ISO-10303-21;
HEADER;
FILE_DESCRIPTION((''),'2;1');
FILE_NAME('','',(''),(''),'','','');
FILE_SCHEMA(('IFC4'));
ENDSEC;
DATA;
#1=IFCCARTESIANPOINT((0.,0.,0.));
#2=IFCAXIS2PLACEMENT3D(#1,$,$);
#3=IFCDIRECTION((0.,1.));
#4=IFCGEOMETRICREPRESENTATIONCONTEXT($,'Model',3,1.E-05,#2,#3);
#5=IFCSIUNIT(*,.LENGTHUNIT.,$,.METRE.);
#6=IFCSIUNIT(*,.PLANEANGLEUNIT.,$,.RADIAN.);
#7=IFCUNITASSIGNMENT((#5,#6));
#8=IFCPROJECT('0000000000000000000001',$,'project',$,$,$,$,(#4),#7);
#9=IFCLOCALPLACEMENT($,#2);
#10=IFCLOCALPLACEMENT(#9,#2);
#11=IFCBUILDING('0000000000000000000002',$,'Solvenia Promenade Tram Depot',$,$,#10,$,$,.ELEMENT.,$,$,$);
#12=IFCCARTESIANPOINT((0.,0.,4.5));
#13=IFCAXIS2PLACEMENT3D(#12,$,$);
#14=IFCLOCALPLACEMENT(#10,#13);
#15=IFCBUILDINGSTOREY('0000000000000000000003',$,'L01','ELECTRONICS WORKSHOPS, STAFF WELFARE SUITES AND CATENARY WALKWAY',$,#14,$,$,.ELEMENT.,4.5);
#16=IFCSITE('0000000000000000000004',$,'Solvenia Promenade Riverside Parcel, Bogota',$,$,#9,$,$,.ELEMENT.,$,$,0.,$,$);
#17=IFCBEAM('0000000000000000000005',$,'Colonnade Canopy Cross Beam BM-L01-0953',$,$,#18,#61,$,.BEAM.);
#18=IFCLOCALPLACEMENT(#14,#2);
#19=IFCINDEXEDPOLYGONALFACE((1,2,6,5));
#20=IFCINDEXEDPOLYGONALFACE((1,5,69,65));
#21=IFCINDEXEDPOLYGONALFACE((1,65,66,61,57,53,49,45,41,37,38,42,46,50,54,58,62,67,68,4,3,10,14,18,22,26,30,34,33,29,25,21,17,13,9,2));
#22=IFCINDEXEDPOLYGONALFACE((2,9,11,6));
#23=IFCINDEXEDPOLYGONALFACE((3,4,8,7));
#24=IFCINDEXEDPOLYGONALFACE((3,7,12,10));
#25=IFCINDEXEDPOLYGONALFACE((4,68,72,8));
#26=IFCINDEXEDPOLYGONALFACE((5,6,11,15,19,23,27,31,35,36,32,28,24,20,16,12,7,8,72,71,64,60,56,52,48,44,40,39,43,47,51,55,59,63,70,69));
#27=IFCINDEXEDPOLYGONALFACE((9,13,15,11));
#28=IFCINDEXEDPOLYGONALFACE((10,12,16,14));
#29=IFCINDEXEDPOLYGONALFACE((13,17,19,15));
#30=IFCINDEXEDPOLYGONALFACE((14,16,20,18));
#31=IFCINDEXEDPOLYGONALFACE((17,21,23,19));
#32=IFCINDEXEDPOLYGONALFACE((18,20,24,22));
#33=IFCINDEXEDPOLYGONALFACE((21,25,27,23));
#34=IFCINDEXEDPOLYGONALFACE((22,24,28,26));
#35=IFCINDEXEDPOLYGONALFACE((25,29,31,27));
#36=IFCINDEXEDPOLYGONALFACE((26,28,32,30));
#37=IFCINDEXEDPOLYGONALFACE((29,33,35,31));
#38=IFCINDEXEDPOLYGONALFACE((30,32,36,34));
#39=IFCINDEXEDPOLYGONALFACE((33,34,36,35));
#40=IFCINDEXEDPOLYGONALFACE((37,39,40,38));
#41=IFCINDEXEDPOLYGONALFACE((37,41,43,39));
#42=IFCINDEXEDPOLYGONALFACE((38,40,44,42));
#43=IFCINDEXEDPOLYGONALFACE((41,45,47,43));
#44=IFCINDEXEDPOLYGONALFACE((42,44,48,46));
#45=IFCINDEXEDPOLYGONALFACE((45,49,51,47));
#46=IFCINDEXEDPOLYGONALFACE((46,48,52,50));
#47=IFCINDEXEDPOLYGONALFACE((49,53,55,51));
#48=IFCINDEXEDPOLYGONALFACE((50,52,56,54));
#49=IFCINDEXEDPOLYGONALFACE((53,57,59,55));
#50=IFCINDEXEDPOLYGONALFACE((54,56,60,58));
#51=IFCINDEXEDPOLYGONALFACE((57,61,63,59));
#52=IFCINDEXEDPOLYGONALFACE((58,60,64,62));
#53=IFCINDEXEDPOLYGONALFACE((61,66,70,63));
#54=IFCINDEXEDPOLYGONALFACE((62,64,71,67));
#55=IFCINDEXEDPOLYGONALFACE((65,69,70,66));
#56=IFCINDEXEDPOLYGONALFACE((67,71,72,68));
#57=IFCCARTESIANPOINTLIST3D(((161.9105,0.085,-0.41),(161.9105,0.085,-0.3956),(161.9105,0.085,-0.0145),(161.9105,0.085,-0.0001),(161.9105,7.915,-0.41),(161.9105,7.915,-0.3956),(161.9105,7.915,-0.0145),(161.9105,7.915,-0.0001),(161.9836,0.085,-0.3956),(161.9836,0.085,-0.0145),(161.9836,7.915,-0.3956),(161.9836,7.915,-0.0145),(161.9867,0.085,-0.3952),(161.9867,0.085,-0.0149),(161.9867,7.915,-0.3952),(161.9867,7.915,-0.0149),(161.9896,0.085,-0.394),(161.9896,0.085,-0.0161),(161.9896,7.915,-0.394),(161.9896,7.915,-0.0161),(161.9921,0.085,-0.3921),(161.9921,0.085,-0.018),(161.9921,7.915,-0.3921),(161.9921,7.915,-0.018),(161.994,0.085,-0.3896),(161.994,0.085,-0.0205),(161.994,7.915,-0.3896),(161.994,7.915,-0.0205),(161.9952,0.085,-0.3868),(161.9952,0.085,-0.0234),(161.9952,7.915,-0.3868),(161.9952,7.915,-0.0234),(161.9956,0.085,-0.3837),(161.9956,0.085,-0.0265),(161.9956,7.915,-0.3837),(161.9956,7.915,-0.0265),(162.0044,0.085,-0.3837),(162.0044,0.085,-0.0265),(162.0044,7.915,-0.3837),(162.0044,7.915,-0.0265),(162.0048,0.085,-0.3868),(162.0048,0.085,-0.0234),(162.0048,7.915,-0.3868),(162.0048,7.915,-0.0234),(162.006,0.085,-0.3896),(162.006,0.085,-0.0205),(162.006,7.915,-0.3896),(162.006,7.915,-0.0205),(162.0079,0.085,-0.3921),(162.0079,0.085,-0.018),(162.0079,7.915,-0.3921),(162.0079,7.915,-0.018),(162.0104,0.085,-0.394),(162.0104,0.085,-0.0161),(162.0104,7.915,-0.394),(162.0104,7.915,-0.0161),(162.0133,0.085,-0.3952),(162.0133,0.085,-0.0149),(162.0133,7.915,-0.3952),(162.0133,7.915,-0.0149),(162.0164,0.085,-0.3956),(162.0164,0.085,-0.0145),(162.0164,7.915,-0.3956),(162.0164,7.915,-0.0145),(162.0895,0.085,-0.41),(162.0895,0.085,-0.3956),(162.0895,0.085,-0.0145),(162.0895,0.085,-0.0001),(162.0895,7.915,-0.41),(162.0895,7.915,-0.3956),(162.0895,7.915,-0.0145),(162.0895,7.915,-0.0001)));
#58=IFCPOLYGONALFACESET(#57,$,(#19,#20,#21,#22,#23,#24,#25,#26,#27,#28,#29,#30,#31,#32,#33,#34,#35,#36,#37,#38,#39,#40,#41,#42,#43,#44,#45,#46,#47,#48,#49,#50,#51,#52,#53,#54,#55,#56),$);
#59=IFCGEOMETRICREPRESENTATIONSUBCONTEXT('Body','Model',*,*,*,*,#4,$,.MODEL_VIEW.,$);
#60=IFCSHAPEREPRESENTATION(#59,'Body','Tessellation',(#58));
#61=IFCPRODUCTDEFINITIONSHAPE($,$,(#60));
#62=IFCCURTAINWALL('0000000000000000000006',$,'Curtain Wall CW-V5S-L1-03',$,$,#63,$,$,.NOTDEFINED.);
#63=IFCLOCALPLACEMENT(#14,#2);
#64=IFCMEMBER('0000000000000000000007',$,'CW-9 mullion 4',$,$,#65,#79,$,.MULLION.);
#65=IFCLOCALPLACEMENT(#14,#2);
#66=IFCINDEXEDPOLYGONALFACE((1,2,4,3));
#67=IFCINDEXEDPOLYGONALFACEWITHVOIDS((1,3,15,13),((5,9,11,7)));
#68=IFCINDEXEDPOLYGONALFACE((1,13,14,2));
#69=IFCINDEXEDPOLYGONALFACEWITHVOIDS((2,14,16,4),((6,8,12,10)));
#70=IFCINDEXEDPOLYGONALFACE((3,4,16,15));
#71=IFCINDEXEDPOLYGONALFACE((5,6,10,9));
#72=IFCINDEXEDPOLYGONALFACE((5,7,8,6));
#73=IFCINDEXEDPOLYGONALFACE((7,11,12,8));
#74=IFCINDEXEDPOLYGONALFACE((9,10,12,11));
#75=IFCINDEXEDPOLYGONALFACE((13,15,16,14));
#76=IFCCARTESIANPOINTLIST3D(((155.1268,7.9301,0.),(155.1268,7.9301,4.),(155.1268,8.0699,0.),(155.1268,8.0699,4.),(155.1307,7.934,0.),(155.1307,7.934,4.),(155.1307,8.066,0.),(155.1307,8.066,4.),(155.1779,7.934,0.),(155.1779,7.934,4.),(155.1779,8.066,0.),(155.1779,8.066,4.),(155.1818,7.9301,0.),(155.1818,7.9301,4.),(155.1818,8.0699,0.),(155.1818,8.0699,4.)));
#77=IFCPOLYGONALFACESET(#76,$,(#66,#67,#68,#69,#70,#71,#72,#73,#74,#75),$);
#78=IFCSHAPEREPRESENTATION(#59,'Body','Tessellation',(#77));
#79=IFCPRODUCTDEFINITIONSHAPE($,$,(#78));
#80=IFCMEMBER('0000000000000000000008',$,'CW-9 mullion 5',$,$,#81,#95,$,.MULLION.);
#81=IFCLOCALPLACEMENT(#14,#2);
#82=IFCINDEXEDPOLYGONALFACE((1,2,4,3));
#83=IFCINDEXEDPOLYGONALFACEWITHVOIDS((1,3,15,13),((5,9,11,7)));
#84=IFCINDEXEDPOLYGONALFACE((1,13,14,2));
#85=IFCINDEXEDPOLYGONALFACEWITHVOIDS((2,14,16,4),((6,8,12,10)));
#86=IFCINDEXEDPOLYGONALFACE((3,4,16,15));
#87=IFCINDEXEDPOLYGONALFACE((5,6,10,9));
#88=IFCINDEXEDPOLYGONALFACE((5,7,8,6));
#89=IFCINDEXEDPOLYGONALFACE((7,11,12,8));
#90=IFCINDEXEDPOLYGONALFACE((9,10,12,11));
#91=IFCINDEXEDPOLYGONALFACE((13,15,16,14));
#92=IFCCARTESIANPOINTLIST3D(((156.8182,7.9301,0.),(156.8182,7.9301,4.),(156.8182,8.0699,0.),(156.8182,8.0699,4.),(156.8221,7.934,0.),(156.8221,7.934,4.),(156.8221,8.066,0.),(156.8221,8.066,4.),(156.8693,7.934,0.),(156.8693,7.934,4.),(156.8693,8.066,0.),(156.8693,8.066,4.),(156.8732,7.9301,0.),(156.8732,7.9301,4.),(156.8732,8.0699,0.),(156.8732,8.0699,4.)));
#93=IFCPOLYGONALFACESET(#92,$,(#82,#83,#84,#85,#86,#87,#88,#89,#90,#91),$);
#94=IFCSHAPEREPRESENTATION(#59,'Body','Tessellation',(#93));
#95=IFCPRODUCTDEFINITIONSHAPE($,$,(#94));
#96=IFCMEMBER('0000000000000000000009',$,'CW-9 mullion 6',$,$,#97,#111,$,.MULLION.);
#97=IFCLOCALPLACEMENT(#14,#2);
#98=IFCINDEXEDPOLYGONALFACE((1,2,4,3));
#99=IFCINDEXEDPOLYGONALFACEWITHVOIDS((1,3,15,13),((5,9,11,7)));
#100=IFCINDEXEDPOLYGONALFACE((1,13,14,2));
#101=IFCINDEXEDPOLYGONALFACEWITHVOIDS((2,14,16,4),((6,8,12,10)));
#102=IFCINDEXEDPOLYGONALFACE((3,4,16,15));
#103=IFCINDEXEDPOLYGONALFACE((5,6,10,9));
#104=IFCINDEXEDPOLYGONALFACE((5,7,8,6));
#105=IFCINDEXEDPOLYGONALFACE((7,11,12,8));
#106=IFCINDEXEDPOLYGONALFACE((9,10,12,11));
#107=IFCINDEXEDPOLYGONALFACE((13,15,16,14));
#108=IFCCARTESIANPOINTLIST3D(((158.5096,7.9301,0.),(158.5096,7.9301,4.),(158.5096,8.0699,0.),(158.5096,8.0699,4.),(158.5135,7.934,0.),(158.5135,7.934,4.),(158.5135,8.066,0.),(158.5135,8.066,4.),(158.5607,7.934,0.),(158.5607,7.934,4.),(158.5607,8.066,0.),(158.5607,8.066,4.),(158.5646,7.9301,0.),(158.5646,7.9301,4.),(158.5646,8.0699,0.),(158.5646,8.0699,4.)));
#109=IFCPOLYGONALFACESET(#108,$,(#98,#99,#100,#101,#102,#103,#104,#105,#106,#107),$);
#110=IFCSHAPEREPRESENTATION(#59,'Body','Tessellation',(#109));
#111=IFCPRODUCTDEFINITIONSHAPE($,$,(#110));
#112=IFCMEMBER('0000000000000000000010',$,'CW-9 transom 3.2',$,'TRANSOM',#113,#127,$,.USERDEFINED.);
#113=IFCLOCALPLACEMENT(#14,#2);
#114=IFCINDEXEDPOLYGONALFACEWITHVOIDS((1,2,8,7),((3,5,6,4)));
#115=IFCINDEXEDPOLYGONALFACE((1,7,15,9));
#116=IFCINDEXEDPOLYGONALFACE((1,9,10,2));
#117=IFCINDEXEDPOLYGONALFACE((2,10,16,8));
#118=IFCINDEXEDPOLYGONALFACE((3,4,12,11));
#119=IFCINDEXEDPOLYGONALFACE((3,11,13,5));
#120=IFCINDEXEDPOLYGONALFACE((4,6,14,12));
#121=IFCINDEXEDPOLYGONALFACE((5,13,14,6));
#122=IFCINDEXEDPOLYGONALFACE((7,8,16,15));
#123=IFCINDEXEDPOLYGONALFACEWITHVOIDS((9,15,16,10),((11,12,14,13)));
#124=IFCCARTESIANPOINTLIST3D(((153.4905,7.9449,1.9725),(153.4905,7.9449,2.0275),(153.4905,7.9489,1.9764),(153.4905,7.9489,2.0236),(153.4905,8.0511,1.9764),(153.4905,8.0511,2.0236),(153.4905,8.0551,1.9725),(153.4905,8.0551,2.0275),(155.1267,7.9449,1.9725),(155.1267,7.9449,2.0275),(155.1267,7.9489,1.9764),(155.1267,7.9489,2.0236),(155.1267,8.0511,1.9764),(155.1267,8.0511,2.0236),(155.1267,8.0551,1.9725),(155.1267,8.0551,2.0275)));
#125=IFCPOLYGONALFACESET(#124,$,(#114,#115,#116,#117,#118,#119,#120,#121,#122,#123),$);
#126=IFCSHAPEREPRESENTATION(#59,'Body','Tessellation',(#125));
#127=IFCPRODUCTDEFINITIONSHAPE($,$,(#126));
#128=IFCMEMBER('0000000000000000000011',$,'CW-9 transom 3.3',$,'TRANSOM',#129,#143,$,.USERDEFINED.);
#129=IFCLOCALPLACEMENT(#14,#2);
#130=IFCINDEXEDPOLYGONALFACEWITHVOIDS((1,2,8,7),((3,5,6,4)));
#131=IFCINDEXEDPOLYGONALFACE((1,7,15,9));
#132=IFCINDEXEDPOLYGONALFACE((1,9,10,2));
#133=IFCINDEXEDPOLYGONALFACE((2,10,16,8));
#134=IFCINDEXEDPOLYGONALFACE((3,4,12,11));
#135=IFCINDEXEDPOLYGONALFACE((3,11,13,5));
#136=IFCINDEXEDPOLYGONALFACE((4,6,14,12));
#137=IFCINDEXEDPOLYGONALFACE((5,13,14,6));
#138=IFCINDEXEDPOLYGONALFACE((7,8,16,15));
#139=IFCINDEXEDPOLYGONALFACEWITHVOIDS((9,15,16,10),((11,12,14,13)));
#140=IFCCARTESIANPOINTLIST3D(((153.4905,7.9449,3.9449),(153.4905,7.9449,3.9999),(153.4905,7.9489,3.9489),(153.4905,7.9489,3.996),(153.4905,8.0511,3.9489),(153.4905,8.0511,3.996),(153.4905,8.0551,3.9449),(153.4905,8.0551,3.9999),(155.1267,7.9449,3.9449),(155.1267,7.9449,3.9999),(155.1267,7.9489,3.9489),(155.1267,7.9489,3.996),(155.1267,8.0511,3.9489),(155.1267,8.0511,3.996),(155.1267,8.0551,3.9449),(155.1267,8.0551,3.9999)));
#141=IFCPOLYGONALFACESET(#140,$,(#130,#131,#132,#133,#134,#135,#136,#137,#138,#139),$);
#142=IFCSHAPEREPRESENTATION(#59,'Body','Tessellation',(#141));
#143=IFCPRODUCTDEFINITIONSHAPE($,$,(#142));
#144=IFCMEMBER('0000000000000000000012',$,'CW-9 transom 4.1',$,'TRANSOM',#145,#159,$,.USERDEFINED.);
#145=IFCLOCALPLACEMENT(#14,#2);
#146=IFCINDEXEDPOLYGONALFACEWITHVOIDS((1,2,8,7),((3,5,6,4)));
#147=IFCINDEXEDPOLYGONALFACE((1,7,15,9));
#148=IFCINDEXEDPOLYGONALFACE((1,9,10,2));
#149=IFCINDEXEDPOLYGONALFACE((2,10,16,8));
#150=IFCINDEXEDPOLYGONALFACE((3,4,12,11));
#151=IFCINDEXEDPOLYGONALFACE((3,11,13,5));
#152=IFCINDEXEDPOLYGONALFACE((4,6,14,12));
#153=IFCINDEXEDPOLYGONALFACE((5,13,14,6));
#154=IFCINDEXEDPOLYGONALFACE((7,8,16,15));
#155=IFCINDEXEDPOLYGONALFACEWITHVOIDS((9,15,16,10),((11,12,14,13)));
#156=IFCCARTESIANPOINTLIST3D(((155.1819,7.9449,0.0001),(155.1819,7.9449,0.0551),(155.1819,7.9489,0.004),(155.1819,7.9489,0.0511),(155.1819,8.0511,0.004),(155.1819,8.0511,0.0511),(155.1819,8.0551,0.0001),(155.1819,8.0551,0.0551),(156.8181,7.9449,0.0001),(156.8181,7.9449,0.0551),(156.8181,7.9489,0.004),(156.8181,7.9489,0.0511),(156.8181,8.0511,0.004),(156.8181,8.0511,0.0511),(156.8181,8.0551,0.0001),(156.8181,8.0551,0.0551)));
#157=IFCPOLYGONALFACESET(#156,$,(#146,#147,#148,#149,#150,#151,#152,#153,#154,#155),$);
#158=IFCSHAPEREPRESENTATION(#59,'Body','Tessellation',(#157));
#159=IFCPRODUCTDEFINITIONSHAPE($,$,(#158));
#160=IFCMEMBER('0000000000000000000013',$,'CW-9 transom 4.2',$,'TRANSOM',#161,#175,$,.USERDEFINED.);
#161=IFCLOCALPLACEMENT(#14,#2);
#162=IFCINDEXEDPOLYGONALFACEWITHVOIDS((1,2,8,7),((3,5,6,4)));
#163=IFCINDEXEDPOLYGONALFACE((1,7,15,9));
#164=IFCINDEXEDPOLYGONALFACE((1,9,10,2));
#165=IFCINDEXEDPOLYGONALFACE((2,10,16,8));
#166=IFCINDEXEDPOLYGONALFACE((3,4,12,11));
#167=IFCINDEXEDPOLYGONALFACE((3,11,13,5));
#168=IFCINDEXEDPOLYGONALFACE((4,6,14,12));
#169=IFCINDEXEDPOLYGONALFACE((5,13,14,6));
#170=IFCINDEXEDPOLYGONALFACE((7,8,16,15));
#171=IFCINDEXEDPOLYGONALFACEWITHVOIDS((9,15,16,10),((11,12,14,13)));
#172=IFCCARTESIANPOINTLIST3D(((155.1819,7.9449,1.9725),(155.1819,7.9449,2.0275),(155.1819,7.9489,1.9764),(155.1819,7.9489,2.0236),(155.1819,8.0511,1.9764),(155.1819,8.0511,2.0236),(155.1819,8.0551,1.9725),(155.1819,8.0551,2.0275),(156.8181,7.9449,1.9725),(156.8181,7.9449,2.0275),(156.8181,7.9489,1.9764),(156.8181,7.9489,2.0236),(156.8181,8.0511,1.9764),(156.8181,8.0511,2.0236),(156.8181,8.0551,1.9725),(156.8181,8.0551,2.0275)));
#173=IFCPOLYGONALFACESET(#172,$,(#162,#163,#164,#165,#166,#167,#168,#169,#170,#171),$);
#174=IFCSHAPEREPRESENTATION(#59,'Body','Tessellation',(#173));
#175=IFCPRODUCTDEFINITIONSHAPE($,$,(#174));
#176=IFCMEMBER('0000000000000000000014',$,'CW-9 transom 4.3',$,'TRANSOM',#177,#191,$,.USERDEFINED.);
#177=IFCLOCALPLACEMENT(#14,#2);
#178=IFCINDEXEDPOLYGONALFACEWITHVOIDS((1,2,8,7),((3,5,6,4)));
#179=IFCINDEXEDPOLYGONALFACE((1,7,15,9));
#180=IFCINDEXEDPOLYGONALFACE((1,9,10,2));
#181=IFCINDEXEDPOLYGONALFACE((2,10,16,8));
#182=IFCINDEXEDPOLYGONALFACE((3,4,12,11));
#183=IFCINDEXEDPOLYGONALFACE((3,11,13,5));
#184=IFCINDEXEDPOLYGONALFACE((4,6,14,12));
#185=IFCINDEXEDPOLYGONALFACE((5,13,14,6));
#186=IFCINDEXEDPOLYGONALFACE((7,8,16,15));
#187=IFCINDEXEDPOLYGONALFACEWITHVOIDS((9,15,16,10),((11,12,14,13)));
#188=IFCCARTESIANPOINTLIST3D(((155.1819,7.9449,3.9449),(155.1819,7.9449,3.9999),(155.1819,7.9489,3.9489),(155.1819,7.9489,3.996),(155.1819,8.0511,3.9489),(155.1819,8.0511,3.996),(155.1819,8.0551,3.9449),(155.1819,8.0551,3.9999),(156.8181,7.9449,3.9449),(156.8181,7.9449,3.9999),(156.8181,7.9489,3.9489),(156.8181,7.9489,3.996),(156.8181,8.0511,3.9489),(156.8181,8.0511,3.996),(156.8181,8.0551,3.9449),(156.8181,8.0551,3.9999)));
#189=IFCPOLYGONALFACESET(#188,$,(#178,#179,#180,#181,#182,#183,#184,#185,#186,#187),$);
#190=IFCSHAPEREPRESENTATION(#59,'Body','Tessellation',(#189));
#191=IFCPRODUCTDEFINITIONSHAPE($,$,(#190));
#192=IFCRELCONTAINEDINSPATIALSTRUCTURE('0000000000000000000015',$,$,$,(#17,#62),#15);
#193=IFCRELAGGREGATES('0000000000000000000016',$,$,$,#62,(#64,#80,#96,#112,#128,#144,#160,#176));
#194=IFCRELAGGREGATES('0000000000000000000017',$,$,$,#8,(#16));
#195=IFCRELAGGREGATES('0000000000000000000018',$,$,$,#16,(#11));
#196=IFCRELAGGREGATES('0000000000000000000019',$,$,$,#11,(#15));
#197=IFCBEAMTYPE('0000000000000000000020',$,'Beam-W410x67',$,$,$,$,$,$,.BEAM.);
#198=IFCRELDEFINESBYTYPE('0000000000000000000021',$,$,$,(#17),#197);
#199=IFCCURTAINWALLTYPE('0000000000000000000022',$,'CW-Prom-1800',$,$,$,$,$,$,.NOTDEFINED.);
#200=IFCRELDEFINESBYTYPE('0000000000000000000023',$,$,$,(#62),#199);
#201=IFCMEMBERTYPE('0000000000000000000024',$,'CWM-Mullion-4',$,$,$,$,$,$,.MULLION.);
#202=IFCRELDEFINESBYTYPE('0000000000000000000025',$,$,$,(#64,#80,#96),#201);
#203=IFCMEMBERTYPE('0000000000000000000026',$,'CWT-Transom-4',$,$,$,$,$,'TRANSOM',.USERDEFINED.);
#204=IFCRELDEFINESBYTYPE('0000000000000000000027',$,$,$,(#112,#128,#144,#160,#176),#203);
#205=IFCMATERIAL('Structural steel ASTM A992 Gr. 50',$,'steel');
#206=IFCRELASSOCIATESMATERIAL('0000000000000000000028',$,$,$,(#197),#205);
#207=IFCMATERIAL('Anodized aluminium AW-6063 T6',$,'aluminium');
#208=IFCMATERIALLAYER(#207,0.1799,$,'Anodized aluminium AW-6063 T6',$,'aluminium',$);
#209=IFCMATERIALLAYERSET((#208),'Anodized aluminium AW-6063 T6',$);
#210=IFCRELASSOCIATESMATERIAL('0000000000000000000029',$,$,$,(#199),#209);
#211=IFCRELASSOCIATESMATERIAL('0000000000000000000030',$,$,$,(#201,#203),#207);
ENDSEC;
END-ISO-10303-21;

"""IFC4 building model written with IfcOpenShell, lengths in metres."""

from ifc_helpers import new_model, si_unit, direction, frame, origin, origin_2d, place, context, subcontext, project, spatial, hollow_rectangle, i_section, extrude, material, layer, layer_set, material_profile, profile_set, type_object, element, aggregate, save


model = new_model("IFC4")

# Units and contexts
model_context = context("Model", 3, precision=1e-05, world=origin(), true_north=direction((0.0, 1.0)))
body_context = subcontext(model_context, "Body", "Model", "MODEL_VIEW")
ifc_project = project(units=[si_unit("LENGTHUNIT", "METRE"), si_unit("PLANEANGLEUNIT", "RADIAN")], contexts=[model_context])

# Site, building, storey
site_placement = place(None, origin())
site = spatial("IfcSite", under=ifc_project, at=site_placement, Name="Solvenia Promenade Riverside Parcel, Bogota", CompositionType="ELEMENT", RefElevation=0.0)
building_placement = place(site_placement, origin())
building = spatial("IfcBuilding", under=site, at=building_placement, Name="Solvenia Promenade Tram Depot", CompositionType="ELEMENT")
storey_placement = place(building_placement, frame((0.0, 0.0, 4.5)))
storey = spatial("IfcBuildingStorey", under=building, at=storey_placement, Name="L01", Description="ELECTRONICS WORKSHOPS, STAFF WELFARE SUITES AND CATENARY WALKWAY", CompositionType="ELEMENT", Elevation=4.5)

# Beam
ifc_material_1 = material(Name="Structural steel ASTM A992 Gr. 50", Category="steel")
ifc_material_profile_1 = material_profile(ifc_material_1, i_section(OverallWidth=0.179, OverallDepth=0.4099, WebThickness=0.0088, FlangeThickness=0.0144, FilletRadius=0.012, at=origin_2d()), Name="W410x67", Category="steel")
ifc_profile_set_1 = profile_set([ifc_material_profile_1], Name="Structural steel ASTM A992 Gr. 50")
beam_type_1 = type_object("IfcBeamType", Name="Beam-W410x67", PredefinedType="BEAM", material=ifc_profile_set_1)
beam_1_placement = place(storey_placement, frame((162.0, 0.085, -0.2051), z_axis=(0.0, 1.0, 0.0), x_axis=(-1.0, 0.0, 0.0)))
element("IfcBeam", 1, at=beam_1_placement, inside=storey, type_object=beam_type_1, Name="Colonnade Canopy Cross Beam BM-L01-0953", PredefinedType="BEAM", context=body_context, shape_type="SweptSolid", body=[
    extrude(i_section(OverallWidth=0.179, OverallDepth=0.4099, WebThickness=0.0088, FlangeThickness=0.0144, FilletRadius=0.012, at=origin_2d()), origin(), (0.0, 0.0, 1.0), 7.8301),
])

# Curtain wall, members
ifc_material_2 = material(Name="Anodized aluminium AW-6063 T6", Category="aluminium")
ifc_layer_1 = layer(ifc_material_2, 0.1799, Name="Anodized aluminium AW-6063 T6", Category="aluminium")
ifc_layer_set_1 = layer_set([ifc_layer_1], Name="Anodized aluminium AW-6063 T6")
curtain_wall_type = type_object("IfcCurtainWallType", Name="CW-Prom-1800", PredefinedType="NOTDEFINED", material=ifc_layer_set_1)
curtain_wall_placement = place(storey_placement, origin())
curtain_wall = element("IfcCurtainWall", 2, at=curtain_wall_placement, inside=storey, type_object=curtain_wall_type, Name="Curtain Wall CW-V5S-L1-03", PredefinedType="NOTDEFINED")
ifc_material_profile_2 = material_profile(ifc_material_2, hollow_rectangle(XDim=0.1399, YDim=0.0549, WallThickness=0.0039, at=origin_2d()), Name="ALU-M4", Category="aluminium")
ifc_profile_set_2 = profile_set([ifc_material_profile_2], Name="Anodized aluminium AW-6063 T6")
member_type_1 = type_object("IfcMemberType", Name="CWM-Mullion-4", PredefinedType="MULLION", material=ifc_profile_set_2)
member_1_placement = place(storey_placement, frame((155.1543, 8.0, 0.0), z_axis=(0.0, 0.0, 1.0), x_axis=(0.0, 1.0, 0.0)))
member_1 = element("IfcMember", 3, at=member_1_placement, type_object=member_type_1, Name="CW-9 mullion 4", PredefinedType="MULLION", context=body_context, shape_type="SweptSolid", body=[
    extrude(hollow_rectangle(XDim=0.1399, YDim=0.0549, WallThickness=0.0039, at=origin_2d()), origin(), (0.0, 0.0, 1.0), 4.0),
])
member_2_placement = place(storey_placement, frame((156.8457, 8.0, 0.0), z_axis=(0.0, 0.0, 1.0), x_axis=(0.0, 1.0, 0.0)))
member_2 = element("IfcMember", 4, at=member_2_placement, type_object=member_type_1, Name="CW-9 mullion 5", PredefinedType="MULLION", context=body_context, shape_type="SweptSolid", body=[
    extrude(hollow_rectangle(XDim=0.1399, YDim=0.0549, WallThickness=0.0039, at=origin_2d()), origin(), (0.0, 0.0, 1.0), 4.0),
])
member_3_placement = place(storey_placement, frame((158.5371, 8.0, 0.0), z_axis=(0.0, 0.0, 1.0), x_axis=(0.0, 1.0, 0.0)))
member_3 = element("IfcMember", 5, at=member_3_placement, type_object=member_type_1, Name="CW-9 mullion 6", PredefinedType="MULLION", context=body_context, shape_type="SweptSolid", body=[
    extrude(hollow_rectangle(XDim=0.1399, YDim=0.0549, WallThickness=0.0039, at=origin_2d()), origin(), (0.0, 0.0, 1.0), 4.0),
])
ifc_material_profile_3 = material_profile(ifc_material_2, hollow_rectangle(XDim=0.1101, YDim=0.0549, WallThickness=0.0039, at=origin_2d()), Name="ALU-T4", Category="aluminium")
ifc_profile_set_3 = profile_set([ifc_material_profile_3], Name="Anodized aluminium AW-6063 T6")
member_type_2 = type_object("IfcMemberType", Name="CWT-Transom-4", ElementType="TRANSOM", PredefinedType="USERDEFINED", material=ifc_profile_set_3)
member_4_placement = place(storey_placement, frame((153.4905, 8.0, 2.0), z_axis=(1.0, 0.0, 0.0), x_axis=(0.0, 1.0, 0.0)))
member_4 = element("IfcMember", 6, at=member_4_placement, type_object=member_type_2, Name="CW-9 transom 3.2", ObjectType="TRANSOM", PredefinedType="USERDEFINED", context=body_context, shape_type="SweptSolid", body=[
    extrude(hollow_rectangle(XDim=0.1101, YDim=0.0549, WallThickness=0.0039, at=origin_2d()), origin(), (0.0, 0.0, 1.0), 1.6362),
])
member_5_placement = place(storey_placement, frame((153.4905, 8.0, 3.9724), z_axis=(1.0, 0.0, 0.0), x_axis=(0.0, 1.0, 0.0)))
member_5 = element("IfcMember", 7, at=member_5_placement, type_object=member_type_2, Name="CW-9 transom 3.3", ObjectType="TRANSOM", PredefinedType="USERDEFINED", context=body_context, shape_type="SweptSolid", body=[
    extrude(hollow_rectangle(XDim=0.1101, YDim=0.0549, WallThickness=0.0039, at=origin_2d()), origin(), (0.0, 0.0, 1.0), 1.6362),
])
member_6_placement = place(storey_placement, frame((155.1819, 8.0, 0.0276), z_axis=(1.0, 0.0, 0.0), x_axis=(0.0, 1.0, 0.0)))
member_6 = element("IfcMember", 8, at=member_6_placement, type_object=member_type_2, Name="CW-9 transom 4.1", ObjectType="TRANSOM", PredefinedType="USERDEFINED", context=body_context, shape_type="SweptSolid", body=[
    extrude(hollow_rectangle(XDim=0.1101, YDim=0.0549, WallThickness=0.0039, at=origin_2d()), origin(), (0.0, 0.0, 1.0), 1.6362),
])
member_7_placement = place(storey_placement, frame((155.1819, 8.0, 2.0), z_axis=(1.0, 0.0, 0.0), x_axis=(0.0, 1.0, 0.0)))
member_7 = element("IfcMember", 9, at=member_7_placement, type_object=member_type_2, Name="CW-9 transom 4.2", ObjectType="TRANSOM", PredefinedType="USERDEFINED", context=body_context, shape_type="SweptSolid", body=[
    extrude(hollow_rectangle(XDim=0.1101, YDim=0.0549, WallThickness=0.0039, at=origin_2d()), origin(), (0.0, 0.0, 1.0), 1.6362),
])
member_8_placement = place(storey_placement, frame((155.1819, 8.0, 3.9724), z_axis=(1.0, 0.0, 0.0), x_axis=(0.0, 1.0, 0.0)))
member_8 = element("IfcMember", 10, at=member_8_placement, type_object=member_type_2, Name="CW-9 transom 4.3", ObjectType="TRANSOM", PredefinedType="USERDEFINED", context=body_context, shape_type="SweptSolid", body=[
    extrude(hollow_rectangle(XDim=0.1101, YDim=0.0549, WallThickness=0.0039, at=origin_2d()), origin(), (0.0, 0.0, 1.0), 1.6362),
])

aggregate(curtain_wall, [member_1, member_2, member_3, member_4, member_5, member_6, member_7, member_8])

save(model, "model.ifc")
